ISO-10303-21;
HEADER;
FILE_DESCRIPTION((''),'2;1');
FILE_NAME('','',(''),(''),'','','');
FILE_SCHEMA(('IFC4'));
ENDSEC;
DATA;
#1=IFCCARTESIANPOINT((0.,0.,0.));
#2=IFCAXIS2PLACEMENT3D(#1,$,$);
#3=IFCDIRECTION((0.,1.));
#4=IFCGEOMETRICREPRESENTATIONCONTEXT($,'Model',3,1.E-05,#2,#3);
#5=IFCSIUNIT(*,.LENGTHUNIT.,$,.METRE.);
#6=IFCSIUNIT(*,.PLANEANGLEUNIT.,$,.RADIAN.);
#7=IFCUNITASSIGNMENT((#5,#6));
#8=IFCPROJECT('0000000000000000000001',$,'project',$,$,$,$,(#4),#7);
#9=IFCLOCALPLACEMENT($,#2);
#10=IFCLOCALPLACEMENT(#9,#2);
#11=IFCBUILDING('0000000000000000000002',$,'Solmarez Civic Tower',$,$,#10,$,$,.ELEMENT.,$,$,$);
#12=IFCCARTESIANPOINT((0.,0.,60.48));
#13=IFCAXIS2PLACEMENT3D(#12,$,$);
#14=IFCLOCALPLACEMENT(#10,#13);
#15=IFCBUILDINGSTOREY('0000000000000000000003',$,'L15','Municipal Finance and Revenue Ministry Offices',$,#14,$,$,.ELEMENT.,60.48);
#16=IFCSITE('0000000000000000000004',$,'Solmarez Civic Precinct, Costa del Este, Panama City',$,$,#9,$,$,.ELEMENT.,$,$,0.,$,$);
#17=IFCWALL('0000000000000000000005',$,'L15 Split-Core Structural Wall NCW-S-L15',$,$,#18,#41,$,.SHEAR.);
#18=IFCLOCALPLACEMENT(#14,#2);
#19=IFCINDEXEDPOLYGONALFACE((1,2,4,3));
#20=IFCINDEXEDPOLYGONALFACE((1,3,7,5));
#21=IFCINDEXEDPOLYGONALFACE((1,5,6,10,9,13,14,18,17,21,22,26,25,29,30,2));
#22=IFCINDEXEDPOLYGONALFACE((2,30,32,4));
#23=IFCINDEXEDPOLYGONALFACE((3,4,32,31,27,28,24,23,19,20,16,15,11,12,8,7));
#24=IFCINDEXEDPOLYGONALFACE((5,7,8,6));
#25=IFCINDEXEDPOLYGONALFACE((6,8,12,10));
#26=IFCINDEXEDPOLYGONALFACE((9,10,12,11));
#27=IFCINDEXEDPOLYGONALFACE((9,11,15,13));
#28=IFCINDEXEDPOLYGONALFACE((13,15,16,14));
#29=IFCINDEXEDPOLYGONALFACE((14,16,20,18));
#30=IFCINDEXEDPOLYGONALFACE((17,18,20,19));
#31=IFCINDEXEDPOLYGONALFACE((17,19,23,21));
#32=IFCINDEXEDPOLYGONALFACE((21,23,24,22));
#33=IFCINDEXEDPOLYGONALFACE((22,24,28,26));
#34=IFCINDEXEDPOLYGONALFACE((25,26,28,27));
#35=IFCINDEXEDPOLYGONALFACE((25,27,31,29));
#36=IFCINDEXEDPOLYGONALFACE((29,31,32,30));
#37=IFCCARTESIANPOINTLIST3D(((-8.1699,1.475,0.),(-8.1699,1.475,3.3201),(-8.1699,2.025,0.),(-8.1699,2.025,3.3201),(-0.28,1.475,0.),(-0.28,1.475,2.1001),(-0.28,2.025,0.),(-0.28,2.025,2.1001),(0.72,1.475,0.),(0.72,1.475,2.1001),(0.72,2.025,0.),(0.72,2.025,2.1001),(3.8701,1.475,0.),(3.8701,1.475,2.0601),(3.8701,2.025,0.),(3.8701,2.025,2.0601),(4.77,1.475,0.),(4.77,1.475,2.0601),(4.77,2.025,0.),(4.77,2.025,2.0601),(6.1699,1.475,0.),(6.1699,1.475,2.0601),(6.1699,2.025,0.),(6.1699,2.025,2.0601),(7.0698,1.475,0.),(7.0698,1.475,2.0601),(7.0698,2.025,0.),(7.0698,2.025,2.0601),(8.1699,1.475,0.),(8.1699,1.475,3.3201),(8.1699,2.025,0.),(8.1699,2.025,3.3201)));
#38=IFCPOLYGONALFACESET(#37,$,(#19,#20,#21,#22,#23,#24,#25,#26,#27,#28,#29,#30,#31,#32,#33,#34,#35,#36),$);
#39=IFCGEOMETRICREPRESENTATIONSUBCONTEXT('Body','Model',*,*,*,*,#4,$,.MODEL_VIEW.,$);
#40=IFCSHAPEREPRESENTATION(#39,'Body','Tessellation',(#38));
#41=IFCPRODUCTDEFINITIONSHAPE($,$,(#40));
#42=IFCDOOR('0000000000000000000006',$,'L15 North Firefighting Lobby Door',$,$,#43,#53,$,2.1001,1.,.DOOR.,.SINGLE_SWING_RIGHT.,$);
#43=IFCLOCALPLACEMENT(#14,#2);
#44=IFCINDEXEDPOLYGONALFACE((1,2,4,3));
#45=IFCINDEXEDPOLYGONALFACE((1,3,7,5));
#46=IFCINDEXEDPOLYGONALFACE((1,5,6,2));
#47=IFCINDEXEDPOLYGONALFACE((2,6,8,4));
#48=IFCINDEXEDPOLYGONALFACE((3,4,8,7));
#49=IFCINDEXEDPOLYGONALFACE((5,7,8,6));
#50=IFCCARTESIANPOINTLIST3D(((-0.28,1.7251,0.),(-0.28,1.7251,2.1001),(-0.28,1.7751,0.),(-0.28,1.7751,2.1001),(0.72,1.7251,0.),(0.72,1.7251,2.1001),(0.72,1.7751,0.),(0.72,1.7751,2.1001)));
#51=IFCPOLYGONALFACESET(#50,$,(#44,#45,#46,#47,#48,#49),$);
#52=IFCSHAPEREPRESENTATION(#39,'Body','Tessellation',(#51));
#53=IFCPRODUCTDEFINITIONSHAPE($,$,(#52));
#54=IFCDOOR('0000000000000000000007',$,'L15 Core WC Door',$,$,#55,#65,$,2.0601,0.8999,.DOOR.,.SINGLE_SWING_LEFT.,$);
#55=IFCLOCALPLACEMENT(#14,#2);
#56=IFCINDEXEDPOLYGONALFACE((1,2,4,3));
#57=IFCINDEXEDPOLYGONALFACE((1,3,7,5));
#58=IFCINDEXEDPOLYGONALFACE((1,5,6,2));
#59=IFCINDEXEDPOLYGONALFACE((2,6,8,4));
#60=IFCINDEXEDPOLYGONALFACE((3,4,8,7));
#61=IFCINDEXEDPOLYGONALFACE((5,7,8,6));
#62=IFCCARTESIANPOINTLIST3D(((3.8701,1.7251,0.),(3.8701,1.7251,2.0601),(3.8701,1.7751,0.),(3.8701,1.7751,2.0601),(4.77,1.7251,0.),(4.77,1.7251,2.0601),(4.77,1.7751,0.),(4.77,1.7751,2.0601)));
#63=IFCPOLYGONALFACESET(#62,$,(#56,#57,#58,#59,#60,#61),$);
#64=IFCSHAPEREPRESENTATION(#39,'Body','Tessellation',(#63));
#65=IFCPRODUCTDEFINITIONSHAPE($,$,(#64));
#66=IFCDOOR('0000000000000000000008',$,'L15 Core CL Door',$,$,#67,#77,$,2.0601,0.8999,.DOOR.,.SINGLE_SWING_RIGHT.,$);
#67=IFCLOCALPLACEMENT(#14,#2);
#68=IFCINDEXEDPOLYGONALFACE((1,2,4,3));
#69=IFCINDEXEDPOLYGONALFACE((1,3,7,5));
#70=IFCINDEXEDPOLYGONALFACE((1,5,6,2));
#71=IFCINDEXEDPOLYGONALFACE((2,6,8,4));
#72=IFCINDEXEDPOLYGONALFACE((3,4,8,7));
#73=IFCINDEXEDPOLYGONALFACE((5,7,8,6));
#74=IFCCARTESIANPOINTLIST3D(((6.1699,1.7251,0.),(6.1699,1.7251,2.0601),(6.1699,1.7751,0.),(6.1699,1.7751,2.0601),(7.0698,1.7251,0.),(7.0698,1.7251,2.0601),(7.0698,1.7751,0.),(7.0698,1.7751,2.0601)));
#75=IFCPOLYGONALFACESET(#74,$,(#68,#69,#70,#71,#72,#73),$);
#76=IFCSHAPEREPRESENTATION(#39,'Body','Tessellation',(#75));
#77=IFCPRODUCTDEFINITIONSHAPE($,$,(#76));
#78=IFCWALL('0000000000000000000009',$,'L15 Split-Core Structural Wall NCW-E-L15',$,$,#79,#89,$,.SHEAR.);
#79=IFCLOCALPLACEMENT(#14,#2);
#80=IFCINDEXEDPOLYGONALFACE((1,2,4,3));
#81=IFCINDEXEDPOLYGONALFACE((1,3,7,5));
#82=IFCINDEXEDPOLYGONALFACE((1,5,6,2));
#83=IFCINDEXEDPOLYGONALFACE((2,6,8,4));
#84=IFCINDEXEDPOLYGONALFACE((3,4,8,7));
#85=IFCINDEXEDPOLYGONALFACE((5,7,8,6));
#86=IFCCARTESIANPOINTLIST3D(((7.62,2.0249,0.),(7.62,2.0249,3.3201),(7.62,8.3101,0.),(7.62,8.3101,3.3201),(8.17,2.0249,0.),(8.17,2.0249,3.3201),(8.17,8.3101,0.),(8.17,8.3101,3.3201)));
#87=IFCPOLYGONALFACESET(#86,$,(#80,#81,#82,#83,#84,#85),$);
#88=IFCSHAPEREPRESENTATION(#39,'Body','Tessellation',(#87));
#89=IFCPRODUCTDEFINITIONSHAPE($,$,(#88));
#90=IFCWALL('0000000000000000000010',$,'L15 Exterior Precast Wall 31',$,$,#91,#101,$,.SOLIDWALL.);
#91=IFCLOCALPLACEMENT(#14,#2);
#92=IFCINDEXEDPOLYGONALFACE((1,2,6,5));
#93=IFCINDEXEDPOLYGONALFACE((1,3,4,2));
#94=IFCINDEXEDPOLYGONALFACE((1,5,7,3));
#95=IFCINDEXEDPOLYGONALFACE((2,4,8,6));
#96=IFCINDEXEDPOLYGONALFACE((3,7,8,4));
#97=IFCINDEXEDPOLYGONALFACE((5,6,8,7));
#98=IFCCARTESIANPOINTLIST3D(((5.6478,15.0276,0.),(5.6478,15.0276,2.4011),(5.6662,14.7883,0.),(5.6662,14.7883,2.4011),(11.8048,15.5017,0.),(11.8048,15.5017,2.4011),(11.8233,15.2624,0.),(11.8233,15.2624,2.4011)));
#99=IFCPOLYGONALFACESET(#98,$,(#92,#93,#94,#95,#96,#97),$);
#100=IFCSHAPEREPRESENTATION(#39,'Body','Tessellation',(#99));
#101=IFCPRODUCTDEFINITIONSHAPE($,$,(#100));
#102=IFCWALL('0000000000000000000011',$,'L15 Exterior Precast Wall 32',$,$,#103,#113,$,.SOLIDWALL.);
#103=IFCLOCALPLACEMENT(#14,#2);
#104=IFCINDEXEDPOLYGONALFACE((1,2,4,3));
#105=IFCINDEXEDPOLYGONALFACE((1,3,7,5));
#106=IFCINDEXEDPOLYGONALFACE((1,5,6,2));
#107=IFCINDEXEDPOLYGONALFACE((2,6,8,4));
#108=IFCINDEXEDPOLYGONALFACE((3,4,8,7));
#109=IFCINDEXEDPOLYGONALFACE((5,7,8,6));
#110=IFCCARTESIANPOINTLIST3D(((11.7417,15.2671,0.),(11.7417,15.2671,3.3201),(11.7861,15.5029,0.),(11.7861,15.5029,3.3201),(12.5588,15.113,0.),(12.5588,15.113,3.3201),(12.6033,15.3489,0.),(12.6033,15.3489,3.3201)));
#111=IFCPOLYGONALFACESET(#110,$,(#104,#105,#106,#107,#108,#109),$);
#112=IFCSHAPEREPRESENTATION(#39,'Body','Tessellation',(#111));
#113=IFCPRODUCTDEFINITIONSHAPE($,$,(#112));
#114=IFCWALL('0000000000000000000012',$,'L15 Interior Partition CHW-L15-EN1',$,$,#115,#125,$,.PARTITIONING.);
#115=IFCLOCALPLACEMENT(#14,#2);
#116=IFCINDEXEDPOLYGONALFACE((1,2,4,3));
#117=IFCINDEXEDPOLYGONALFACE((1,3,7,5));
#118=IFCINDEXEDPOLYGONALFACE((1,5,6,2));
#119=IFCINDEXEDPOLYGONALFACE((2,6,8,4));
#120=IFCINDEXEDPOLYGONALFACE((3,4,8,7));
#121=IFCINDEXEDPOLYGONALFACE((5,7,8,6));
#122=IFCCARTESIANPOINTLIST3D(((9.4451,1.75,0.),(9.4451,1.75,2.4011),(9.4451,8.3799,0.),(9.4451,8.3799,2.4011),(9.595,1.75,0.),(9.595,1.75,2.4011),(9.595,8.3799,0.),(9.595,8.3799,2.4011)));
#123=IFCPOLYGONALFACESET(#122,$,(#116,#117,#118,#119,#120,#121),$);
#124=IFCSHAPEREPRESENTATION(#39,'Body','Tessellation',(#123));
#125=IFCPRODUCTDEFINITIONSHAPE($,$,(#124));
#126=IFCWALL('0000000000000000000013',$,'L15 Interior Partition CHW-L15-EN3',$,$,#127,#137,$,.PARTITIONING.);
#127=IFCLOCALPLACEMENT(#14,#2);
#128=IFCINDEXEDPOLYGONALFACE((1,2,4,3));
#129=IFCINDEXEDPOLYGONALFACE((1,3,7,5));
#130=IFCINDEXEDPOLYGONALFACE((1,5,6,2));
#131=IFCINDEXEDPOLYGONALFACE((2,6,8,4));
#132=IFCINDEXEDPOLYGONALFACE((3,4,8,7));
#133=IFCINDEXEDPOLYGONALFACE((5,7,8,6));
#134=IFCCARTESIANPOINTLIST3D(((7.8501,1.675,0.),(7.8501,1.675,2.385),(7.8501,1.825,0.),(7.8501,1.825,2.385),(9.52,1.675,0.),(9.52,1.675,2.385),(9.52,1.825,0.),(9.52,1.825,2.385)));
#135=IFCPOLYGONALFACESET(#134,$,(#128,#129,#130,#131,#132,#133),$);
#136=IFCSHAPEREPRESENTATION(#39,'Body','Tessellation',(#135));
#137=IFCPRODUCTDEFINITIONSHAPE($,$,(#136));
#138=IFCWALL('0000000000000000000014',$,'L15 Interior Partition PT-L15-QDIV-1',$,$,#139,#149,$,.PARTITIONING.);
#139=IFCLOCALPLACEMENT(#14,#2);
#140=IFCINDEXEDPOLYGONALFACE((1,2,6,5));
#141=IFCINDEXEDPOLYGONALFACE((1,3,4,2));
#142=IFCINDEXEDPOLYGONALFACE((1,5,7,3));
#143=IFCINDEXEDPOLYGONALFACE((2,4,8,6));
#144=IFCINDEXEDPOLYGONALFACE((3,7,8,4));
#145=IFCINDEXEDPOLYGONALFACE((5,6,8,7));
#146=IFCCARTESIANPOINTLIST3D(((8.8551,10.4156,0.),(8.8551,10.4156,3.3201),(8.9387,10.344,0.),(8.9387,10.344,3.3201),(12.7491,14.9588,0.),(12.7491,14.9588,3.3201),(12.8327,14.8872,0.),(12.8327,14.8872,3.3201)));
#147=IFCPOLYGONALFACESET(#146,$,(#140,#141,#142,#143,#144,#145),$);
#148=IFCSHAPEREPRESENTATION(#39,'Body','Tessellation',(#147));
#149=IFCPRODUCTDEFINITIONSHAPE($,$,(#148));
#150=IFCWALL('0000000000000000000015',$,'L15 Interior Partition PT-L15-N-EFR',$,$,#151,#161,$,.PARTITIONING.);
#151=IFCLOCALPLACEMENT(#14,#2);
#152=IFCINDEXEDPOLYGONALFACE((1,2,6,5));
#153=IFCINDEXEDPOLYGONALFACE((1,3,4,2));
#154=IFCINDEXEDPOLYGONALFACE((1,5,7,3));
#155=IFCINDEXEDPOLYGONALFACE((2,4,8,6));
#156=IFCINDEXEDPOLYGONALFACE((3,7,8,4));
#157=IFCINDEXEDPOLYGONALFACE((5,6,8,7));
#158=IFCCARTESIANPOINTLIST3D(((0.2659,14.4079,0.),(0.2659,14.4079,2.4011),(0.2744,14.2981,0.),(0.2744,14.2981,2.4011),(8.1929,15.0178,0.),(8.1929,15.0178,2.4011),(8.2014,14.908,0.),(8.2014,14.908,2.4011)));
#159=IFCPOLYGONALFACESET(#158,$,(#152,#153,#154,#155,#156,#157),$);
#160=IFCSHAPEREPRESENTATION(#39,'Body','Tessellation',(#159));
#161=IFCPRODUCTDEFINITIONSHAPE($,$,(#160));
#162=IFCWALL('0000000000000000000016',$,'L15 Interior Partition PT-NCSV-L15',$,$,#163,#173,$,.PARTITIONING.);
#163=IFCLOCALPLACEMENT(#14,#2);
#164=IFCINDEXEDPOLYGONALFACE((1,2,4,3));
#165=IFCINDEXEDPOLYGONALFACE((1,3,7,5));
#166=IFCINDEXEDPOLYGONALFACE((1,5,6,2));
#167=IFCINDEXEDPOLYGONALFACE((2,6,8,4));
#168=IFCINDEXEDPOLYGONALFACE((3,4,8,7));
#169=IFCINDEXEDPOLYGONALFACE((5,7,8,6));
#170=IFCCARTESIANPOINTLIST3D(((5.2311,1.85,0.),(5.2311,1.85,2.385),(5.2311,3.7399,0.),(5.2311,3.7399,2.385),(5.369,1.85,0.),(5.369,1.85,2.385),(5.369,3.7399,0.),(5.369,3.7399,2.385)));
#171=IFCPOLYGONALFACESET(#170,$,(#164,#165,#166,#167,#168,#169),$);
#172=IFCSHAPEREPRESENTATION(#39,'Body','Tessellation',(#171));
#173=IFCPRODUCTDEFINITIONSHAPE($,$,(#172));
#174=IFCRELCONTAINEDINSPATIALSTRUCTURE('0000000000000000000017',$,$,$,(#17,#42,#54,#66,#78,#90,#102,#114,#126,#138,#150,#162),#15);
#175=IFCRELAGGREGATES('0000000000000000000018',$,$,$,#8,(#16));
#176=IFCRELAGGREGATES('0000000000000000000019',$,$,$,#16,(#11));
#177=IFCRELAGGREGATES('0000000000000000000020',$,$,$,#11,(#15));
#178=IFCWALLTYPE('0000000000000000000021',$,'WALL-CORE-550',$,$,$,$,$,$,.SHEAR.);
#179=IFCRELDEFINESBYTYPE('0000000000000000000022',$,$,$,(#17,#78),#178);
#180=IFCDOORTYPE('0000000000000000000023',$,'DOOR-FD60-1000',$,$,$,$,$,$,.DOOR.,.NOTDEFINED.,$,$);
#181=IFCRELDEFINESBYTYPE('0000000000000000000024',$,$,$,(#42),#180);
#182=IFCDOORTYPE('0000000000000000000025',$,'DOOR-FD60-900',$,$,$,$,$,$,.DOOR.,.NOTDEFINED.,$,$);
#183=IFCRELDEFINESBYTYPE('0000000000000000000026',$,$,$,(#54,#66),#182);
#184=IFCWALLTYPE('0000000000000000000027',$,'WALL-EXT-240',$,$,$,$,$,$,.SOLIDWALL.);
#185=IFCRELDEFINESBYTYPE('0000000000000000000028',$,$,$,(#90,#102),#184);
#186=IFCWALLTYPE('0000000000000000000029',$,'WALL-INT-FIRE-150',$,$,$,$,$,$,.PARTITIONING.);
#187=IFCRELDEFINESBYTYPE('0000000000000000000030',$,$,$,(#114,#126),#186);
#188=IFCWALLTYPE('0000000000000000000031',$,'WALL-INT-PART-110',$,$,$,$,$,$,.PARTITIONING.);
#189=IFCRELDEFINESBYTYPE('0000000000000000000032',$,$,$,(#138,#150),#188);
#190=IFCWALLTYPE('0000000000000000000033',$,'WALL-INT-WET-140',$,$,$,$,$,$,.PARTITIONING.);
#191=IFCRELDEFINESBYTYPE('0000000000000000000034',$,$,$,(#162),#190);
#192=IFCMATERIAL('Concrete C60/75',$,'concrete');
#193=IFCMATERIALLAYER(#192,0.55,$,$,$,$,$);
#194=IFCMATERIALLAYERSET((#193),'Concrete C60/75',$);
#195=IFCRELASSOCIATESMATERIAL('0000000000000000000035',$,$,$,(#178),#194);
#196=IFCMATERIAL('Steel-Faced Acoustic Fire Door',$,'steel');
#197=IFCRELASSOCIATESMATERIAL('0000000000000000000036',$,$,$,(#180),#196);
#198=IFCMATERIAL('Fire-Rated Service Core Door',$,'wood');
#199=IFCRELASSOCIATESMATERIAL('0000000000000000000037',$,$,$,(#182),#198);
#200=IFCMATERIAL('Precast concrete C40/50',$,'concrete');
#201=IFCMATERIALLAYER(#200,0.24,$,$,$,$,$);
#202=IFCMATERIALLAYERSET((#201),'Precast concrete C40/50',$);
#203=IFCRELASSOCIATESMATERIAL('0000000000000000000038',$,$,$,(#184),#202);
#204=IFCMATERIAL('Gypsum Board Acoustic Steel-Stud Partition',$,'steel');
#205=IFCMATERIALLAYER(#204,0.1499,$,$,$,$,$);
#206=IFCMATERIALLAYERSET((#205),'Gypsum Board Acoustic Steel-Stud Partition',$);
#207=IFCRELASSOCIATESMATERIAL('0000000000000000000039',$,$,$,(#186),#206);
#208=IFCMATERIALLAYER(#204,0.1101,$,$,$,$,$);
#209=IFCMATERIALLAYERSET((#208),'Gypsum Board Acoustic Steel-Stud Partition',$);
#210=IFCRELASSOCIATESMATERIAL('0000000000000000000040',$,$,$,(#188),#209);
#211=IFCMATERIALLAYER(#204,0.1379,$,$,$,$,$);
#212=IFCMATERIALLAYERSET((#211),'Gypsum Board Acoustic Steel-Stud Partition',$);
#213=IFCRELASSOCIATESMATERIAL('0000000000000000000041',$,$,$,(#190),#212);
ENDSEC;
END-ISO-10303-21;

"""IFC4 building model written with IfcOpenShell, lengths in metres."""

from ifc_helpers import new_model, si_unit, direction, frame, frame_2d, origin, place, context, subcontext, project, spatial, rectangle, extrude, material, layer, layer_set, type_object, element, fill, save


model = new_model("IFC4")

# Units and contexts
model_context = context("Model", 3, precision=1e-05, world=origin(), true_north=direction((0.0, 1.0)))
body_context = subcontext(model_context, "Body", "Model", "MODEL_VIEW")
ifc_project = project(units=[si_unit("LENGTHUNIT", "METRE"), si_unit("PLANEANGLEUNIT", "RADIAN")], contexts=[model_context])

# Site, building, storey
site_placement = place(None, origin())
site = spatial("IfcSite", under=ifc_project, at=site_placement, Name="Solmarez Civic Precinct, Costa del Este, Panama City", CompositionType="ELEMENT", RefElevation=0.0)
building_placement = place(site_placement, origin())
building = spatial("IfcBuilding", under=site, at=building_placement, Name="Solmarez Civic Tower", CompositionType="ELEMENT")
storey_placement = place(building_placement, frame((0.0, 0.0, 60.48)))
storey = spatial("IfcBuildingStorey", under=building, at=storey_placement, Name="L15", Description="Municipal Finance and Revenue Ministry Offices", CompositionType="ELEMENT", Elevation=60.48)

# Shared definitions
ifc_material_1 = material(Name="Concrete C60/75", Category="concrete")

# Wall, openings, doors
ifc_layer_1 = layer(ifc_material_1, 0.55)
ifc_layer_set_1 = layer_set([ifc_layer_1], Name="Concrete C60/75")
wall_type_1 = type_object("IfcWallType", Name="WALL-CORE-550", PredefinedType="SHEAR", material=ifc_layer_set_1)
wall_1_placement = place(storey_placement, frame((8.1699, 1.75, 0.0), z_axis=(0.0, 0.0, 1.0), x_axis=(-1.0, 0.0, 0.0)))
wall_1 = element("IfcWall", 1, at=wall_1_placement, inside=storey, type_object=wall_type_1, Name="L15 Split-Core Structural Wall NCW-S-L15", PredefinedType="SHEAR", context=body_context, shape_type="SweptSolid", body=[
    extrude(rectangle(XDim=16.3398, YDim=0.55, at=frame_2d((8.1699, 0.0))), origin(), (0.0, 0.0, 1.0), 3.3201),
])
opening_1_placement = place(wall_1_placement, frame((7.45, 0.0, 0.0)))
opening_1 = element("IfcOpeningElement", 2, at=opening_1_placement, cuts=wall_1, PredefinedType="OPENING", context=body_context, shape_type="SweptSolid", body=[
    extrude(rectangle(XDim=1.0, YDim=2.1001, at=frame_2d((0.5, 1.05))), frame((0.0, 0.2849, 0.0), z_axis=(0.0, -1.0, 0.0), x_axis=(1.0, 0.0, 0.0)), (0.0, 0.0, 1.0), 0.5701),
])
opening_2_placement = place(wall_1_placement, frame((3.3999, 0.0, 0.0)))
opening_2 = element("IfcOpeningElement", 3, at=opening_2_placement, cuts=wall_1, PredefinedType="OPENING", context=body_context, shape_type="SweptSolid", body=[
    extrude(rectangle(XDim=0.8999, YDim=2.0601, at=frame_2d((0.45, 1.03))), frame((0.0, 0.2849, 0.0), z_axis=(0.0, -1.0, 0.0), x_axis=(1.0, 0.0, 0.0)), (0.0, 0.0, 1.0), 0.5701),
])
opening_3_placement = place(wall_1_placement, frame((1.1001, 0.0, 0.0)))
opening_3 = element("IfcOpeningElement", 4, at=opening_3_placement, cuts=wall_1, PredefinedType="OPENING", context=body_context, shape_type="SweptSolid", body=[
    extrude(rectangle(XDim=0.8999, YDim=2.0601, at=frame_2d((0.45, 1.03))), frame((0.0, 0.2849, 0.0), z_axis=(0.0, -1.0, 0.0), x_axis=(1.0, 0.0, 0.0)), (0.0, 0.0, 1.0), 0.5701),
])
ifc_material_2 = material(Name="Steel-Faced Acoustic Fire Door", Category="steel")
door_type_1 = type_object("IfcDoorType", Name="DOOR-FD60-1000", OperationType="NOTDEFINED", PredefinedType="DOOR", material=ifc_material_2)
door_1_placement = place(opening_1_placement, origin())
door_1 = element("IfcDoor", 5, at=door_1_placement, inside=storey, type_object=door_type_1, Name="L15 North Firefighting Lobby Door", OperationType="SINGLE_SWING_RIGHT", OverallHeight=2.1001, OverallWidth=1.0, PredefinedType="DOOR", context=body_context, shape_type="SweptSolid", body=[
    extrude(rectangle(XDim=1.0, YDim=2.1001, at=frame_2d((0.5, 1.05))), frame((0.0, 0.0249, 0.0), z_axis=(0.0, -1.0, 0.0), x_axis=(1.0, 0.0, 0.0)), (0.0, 0.0, 1.0), 0.05),
])
fill(opening_1, door_1)
ifc_material_3 = material(Name="Fire-Rated Service Core Door", Category="wood")
door_type_2 = type_object("IfcDoorType", Name="DOOR-FD60-900", OperationType="NOTDEFINED", PredefinedType="DOOR", material=ifc_material_3)
door_2_placement = place(opening_2_placement, origin())
door_2 = element("IfcDoor", 6, at=door_2_placement, inside=storey, type_object=door_type_2, Name="L15 Core WC Door", OperationType="SINGLE_SWING_LEFT", OverallHeight=2.0601, OverallWidth=0.8999, PredefinedType="DOOR", context=body_context, shape_type="SweptSolid", body=[
    extrude(rectangle(XDim=0.8999, YDim=2.0601, at=frame_2d((0.45, 1.03))), frame((0.0, 0.0249, 0.0), z_axis=(0.0, -1.0, 0.0), x_axis=(1.0, 0.0, 0.0)), (0.0, 0.0, 1.0), 0.05),
])
fill(opening_2, door_2)
door_3_placement = place(opening_3_placement, origin())
door_3 = element("IfcDoor", 7, at=door_3_placement, inside=storey, type_object=door_type_2, Name="L15 Core CL Door", OperationType="SINGLE_SWING_RIGHT", OverallHeight=2.0601, OverallWidth=0.8999, PredefinedType="DOOR", context=body_context, shape_type="SweptSolid", body=[
    extrude(rectangle(XDim=0.8999, YDim=2.0601, at=frame_2d((0.45, 1.03))), frame((0.0, 0.0249, 0.0), z_axis=(0.0, -1.0, 0.0), x_axis=(1.0, 0.0, 0.0)), (0.0, 0.0, 1.0), 0.05),
])
fill(opening_3, door_3)

# Walls
wall_2_placement = place(storey_placement, frame((7.895, 8.3101, 0.0), z_axis=(0.0, 0.0, 1.0), x_axis=(0.0, -1.0, 0.0)))
element("IfcWall", 8, at=wall_2_placement, inside=storey, type_object=wall_type_1, Name="L15 Split-Core Structural Wall NCW-E-L15", PredefinedType="SHEAR", context=body_context, shape_type="SweptSolid", body=[
    extrude(rectangle(XDim=6.2852, YDim=0.55, at=frame_2d((3.1426, 0.0))), origin(), (0.0, 0.0, 1.0), 3.3201),
])
ifc_material_4 = material(Name="Precast concrete C40/50", Category="concrete")
ifc_layer_2 = layer(ifc_material_4, 0.24)
ifc_layer_set_2 = layer_set([ifc_layer_2], Name="Precast concrete C40/50")
wall_type_2 = type_object("IfcWallType", Name="WALL-EXT-240", PredefinedType="SOLIDWALL", material=ifc_layer_set_2)
wall_3_placement = place(storey_placement, frame((5.657, 14.908, 0.0), z_axis=(0.0, 0.0, 1.0), x_axis=(0.997048, 0.076778, 0.0)))
element("IfcWall", 9, at=wall_3_placement, inside=storey, type_object=wall_type_2, Name="L15 Exterior Precast Wall 31", PredefinedType="SOLIDWALL", context=body_context, shape_type="SweptSolid", body=[
    extrude(rectangle(XDim=6.1753, YDim=0.24, at=frame_2d((3.0876, 0.0))), origin(), (0.0, 0.0, 1.0), 2.4011),
])
wall_4_placement = place(storey_placement, frame((11.7639, 15.385, 0.0), z_axis=(0.0, 0.0, 1.0), x_axis=(0.982689, -0.185263, 0.0)))
element("IfcWall", 10, at=wall_4_placement, inside=storey, type_object=wall_type_2, Name="L15 Exterior Precast Wall 32", PredefinedType="SOLIDWALL", context=body_context, shape_type="SweptSolid", body=[
    extrude(rectangle(XDim=0.8315, YDim=0.24, at=frame_2d((0.4158, 0.0))), origin(), (0.0, 0.0, 1.0), 3.3201),
])
ifc_material_5 = material(Name="Gypsum Board Acoustic Steel-Stud Partition", Category="steel")
ifc_layer_3 = layer(ifc_material_5, 0.1499)
ifc_layer_set_3 = layer_set([ifc_layer_3], Name="Gypsum Board Acoustic Steel-Stud Partition")
wall_type_3 = type_object("IfcWallType", Name="WALL-INT-FIRE-150", PredefinedType="PARTITIONING", material=ifc_layer_set_3)
wall_5_placement = place(storey_placement, frame((9.52, 1.75, 0.0), z_axis=(0.0, 0.0, 1.0), x_axis=(0.0, 1.0, 0.0)))
element("IfcWall", 11, at=wall_5_placement, inside=storey, type_object=wall_type_3, Name="L15 Interior Partition CHW-L15-EN1", PredefinedType="PARTITIONING", context=body_context, shape_type="SweptSolid", body=[
    extrude(rectangle(XDim=6.6299, YDim=0.1499, at=frame_2d((3.3149, 0.0))), origin(), (0.0, 0.0, 1.0), 2.4011),
])
wall_6_placement = place(storey_placement, frame((7.8501, 1.75, 0.0), z_axis=(0.0, 0.0, 1.0), x_axis=(1.0, 0.0, 0.0)))
element("IfcWall", 12, at=wall_6_placement, inside=storey, type_object=wall_type_3, Name="L15 Interior Partition CHW-L15-EN3", PredefinedType="PARTITIONING", context=body_context, shape_type="SweptSolid", body=[
    extrude(rectangle(XDim=1.6699, YDim=0.1499, at=frame_2d((0.835, 0.0))), origin(), (0.0, 0.0, 1.0), 2.385),
])
ifc_layer_4 = layer(ifc_material_5, 0.1101)
ifc_layer_set_4 = layer_set([ifc_layer_4], Name="Gypsum Board Acoustic Steel-Stud Partition")
wall_type_4 = type_object("IfcWallType", Name="WALL-INT-PART-110", PredefinedType="PARTITIONING", material=ifc_layer_set_4)
wall_7_placement = place(storey_placement, frame((8.897, 10.3799, 0.0), z_axis=(0.0, 0.0, 1.0), x_axis=(0.650778, 0.759268, 0.0)))
element("IfcWall", 13, at=wall_7_placement, inside=storey, type_object=wall_type_4, Name="L15 Interior Partition PT-L15-QDIV-1", PredefinedType="PARTITIONING", context=body_context, shape_type="SweptSolid", body=[
    extrude(rectangle(XDim=5.9836, YDim=0.1101, at=frame_2d((2.9917, 0.0))), origin(), (0.0, 0.0, 1.0), 3.3201),
])
wall_8_placement = place(storey_placement, frame((8.197, 14.9629, 0.0), z_axis=(0.0, 0.0, 1.0), x_axis=(-0.997054, -0.076708, 0.0)))
element("IfcWall", 14, at=wall_8_placement, inside=storey, type_object=wall_type_4, Name="L15 Interior Partition PT-L15-N-EFR", PredefinedType="PARTITIONING", context=body_context, shape_type="SweptSolid", body=[
    extrude(rectangle(XDim=7.9504, YDim=0.1101, at=frame_2d((3.9751, 0.0))), origin(), (0.0, 0.0, 1.0), 2.4011),
])
ifc_layer_5 = layer(ifc_material_5, 0.1379)
ifc_layer_set_5 = layer_set([ifc_layer_5], Name="Gypsum Board Acoustic Steel-Stud Partition")
wall_type_5 = type_object("IfcWallType", Name="WALL-INT-WET-140", PredefinedType="PARTITIONING", material=ifc_layer_set_5)
wall_9_placement = place(storey_placement, frame((5.3, 1.8501, 0.0), z_axis=(0.0, 0.0, 1.0), x_axis=(0.0, 1.0, 0.0)))
element("IfcWall", 15, at=wall_9_placement, inside=storey, type_object=wall_type_5, Name="L15 Interior Partition PT-NCSV-L15", PredefinedType="PARTITIONING", context=body_context, shape_type="SweptSolid", body=[
    extrude(rectangle(XDim=1.8899, YDim=0.1379, at=frame_2d((0.9448, 0.0))), origin(), (0.0, 0.0, 1.0), 2.385),
])

save(model, "model.ifc")
